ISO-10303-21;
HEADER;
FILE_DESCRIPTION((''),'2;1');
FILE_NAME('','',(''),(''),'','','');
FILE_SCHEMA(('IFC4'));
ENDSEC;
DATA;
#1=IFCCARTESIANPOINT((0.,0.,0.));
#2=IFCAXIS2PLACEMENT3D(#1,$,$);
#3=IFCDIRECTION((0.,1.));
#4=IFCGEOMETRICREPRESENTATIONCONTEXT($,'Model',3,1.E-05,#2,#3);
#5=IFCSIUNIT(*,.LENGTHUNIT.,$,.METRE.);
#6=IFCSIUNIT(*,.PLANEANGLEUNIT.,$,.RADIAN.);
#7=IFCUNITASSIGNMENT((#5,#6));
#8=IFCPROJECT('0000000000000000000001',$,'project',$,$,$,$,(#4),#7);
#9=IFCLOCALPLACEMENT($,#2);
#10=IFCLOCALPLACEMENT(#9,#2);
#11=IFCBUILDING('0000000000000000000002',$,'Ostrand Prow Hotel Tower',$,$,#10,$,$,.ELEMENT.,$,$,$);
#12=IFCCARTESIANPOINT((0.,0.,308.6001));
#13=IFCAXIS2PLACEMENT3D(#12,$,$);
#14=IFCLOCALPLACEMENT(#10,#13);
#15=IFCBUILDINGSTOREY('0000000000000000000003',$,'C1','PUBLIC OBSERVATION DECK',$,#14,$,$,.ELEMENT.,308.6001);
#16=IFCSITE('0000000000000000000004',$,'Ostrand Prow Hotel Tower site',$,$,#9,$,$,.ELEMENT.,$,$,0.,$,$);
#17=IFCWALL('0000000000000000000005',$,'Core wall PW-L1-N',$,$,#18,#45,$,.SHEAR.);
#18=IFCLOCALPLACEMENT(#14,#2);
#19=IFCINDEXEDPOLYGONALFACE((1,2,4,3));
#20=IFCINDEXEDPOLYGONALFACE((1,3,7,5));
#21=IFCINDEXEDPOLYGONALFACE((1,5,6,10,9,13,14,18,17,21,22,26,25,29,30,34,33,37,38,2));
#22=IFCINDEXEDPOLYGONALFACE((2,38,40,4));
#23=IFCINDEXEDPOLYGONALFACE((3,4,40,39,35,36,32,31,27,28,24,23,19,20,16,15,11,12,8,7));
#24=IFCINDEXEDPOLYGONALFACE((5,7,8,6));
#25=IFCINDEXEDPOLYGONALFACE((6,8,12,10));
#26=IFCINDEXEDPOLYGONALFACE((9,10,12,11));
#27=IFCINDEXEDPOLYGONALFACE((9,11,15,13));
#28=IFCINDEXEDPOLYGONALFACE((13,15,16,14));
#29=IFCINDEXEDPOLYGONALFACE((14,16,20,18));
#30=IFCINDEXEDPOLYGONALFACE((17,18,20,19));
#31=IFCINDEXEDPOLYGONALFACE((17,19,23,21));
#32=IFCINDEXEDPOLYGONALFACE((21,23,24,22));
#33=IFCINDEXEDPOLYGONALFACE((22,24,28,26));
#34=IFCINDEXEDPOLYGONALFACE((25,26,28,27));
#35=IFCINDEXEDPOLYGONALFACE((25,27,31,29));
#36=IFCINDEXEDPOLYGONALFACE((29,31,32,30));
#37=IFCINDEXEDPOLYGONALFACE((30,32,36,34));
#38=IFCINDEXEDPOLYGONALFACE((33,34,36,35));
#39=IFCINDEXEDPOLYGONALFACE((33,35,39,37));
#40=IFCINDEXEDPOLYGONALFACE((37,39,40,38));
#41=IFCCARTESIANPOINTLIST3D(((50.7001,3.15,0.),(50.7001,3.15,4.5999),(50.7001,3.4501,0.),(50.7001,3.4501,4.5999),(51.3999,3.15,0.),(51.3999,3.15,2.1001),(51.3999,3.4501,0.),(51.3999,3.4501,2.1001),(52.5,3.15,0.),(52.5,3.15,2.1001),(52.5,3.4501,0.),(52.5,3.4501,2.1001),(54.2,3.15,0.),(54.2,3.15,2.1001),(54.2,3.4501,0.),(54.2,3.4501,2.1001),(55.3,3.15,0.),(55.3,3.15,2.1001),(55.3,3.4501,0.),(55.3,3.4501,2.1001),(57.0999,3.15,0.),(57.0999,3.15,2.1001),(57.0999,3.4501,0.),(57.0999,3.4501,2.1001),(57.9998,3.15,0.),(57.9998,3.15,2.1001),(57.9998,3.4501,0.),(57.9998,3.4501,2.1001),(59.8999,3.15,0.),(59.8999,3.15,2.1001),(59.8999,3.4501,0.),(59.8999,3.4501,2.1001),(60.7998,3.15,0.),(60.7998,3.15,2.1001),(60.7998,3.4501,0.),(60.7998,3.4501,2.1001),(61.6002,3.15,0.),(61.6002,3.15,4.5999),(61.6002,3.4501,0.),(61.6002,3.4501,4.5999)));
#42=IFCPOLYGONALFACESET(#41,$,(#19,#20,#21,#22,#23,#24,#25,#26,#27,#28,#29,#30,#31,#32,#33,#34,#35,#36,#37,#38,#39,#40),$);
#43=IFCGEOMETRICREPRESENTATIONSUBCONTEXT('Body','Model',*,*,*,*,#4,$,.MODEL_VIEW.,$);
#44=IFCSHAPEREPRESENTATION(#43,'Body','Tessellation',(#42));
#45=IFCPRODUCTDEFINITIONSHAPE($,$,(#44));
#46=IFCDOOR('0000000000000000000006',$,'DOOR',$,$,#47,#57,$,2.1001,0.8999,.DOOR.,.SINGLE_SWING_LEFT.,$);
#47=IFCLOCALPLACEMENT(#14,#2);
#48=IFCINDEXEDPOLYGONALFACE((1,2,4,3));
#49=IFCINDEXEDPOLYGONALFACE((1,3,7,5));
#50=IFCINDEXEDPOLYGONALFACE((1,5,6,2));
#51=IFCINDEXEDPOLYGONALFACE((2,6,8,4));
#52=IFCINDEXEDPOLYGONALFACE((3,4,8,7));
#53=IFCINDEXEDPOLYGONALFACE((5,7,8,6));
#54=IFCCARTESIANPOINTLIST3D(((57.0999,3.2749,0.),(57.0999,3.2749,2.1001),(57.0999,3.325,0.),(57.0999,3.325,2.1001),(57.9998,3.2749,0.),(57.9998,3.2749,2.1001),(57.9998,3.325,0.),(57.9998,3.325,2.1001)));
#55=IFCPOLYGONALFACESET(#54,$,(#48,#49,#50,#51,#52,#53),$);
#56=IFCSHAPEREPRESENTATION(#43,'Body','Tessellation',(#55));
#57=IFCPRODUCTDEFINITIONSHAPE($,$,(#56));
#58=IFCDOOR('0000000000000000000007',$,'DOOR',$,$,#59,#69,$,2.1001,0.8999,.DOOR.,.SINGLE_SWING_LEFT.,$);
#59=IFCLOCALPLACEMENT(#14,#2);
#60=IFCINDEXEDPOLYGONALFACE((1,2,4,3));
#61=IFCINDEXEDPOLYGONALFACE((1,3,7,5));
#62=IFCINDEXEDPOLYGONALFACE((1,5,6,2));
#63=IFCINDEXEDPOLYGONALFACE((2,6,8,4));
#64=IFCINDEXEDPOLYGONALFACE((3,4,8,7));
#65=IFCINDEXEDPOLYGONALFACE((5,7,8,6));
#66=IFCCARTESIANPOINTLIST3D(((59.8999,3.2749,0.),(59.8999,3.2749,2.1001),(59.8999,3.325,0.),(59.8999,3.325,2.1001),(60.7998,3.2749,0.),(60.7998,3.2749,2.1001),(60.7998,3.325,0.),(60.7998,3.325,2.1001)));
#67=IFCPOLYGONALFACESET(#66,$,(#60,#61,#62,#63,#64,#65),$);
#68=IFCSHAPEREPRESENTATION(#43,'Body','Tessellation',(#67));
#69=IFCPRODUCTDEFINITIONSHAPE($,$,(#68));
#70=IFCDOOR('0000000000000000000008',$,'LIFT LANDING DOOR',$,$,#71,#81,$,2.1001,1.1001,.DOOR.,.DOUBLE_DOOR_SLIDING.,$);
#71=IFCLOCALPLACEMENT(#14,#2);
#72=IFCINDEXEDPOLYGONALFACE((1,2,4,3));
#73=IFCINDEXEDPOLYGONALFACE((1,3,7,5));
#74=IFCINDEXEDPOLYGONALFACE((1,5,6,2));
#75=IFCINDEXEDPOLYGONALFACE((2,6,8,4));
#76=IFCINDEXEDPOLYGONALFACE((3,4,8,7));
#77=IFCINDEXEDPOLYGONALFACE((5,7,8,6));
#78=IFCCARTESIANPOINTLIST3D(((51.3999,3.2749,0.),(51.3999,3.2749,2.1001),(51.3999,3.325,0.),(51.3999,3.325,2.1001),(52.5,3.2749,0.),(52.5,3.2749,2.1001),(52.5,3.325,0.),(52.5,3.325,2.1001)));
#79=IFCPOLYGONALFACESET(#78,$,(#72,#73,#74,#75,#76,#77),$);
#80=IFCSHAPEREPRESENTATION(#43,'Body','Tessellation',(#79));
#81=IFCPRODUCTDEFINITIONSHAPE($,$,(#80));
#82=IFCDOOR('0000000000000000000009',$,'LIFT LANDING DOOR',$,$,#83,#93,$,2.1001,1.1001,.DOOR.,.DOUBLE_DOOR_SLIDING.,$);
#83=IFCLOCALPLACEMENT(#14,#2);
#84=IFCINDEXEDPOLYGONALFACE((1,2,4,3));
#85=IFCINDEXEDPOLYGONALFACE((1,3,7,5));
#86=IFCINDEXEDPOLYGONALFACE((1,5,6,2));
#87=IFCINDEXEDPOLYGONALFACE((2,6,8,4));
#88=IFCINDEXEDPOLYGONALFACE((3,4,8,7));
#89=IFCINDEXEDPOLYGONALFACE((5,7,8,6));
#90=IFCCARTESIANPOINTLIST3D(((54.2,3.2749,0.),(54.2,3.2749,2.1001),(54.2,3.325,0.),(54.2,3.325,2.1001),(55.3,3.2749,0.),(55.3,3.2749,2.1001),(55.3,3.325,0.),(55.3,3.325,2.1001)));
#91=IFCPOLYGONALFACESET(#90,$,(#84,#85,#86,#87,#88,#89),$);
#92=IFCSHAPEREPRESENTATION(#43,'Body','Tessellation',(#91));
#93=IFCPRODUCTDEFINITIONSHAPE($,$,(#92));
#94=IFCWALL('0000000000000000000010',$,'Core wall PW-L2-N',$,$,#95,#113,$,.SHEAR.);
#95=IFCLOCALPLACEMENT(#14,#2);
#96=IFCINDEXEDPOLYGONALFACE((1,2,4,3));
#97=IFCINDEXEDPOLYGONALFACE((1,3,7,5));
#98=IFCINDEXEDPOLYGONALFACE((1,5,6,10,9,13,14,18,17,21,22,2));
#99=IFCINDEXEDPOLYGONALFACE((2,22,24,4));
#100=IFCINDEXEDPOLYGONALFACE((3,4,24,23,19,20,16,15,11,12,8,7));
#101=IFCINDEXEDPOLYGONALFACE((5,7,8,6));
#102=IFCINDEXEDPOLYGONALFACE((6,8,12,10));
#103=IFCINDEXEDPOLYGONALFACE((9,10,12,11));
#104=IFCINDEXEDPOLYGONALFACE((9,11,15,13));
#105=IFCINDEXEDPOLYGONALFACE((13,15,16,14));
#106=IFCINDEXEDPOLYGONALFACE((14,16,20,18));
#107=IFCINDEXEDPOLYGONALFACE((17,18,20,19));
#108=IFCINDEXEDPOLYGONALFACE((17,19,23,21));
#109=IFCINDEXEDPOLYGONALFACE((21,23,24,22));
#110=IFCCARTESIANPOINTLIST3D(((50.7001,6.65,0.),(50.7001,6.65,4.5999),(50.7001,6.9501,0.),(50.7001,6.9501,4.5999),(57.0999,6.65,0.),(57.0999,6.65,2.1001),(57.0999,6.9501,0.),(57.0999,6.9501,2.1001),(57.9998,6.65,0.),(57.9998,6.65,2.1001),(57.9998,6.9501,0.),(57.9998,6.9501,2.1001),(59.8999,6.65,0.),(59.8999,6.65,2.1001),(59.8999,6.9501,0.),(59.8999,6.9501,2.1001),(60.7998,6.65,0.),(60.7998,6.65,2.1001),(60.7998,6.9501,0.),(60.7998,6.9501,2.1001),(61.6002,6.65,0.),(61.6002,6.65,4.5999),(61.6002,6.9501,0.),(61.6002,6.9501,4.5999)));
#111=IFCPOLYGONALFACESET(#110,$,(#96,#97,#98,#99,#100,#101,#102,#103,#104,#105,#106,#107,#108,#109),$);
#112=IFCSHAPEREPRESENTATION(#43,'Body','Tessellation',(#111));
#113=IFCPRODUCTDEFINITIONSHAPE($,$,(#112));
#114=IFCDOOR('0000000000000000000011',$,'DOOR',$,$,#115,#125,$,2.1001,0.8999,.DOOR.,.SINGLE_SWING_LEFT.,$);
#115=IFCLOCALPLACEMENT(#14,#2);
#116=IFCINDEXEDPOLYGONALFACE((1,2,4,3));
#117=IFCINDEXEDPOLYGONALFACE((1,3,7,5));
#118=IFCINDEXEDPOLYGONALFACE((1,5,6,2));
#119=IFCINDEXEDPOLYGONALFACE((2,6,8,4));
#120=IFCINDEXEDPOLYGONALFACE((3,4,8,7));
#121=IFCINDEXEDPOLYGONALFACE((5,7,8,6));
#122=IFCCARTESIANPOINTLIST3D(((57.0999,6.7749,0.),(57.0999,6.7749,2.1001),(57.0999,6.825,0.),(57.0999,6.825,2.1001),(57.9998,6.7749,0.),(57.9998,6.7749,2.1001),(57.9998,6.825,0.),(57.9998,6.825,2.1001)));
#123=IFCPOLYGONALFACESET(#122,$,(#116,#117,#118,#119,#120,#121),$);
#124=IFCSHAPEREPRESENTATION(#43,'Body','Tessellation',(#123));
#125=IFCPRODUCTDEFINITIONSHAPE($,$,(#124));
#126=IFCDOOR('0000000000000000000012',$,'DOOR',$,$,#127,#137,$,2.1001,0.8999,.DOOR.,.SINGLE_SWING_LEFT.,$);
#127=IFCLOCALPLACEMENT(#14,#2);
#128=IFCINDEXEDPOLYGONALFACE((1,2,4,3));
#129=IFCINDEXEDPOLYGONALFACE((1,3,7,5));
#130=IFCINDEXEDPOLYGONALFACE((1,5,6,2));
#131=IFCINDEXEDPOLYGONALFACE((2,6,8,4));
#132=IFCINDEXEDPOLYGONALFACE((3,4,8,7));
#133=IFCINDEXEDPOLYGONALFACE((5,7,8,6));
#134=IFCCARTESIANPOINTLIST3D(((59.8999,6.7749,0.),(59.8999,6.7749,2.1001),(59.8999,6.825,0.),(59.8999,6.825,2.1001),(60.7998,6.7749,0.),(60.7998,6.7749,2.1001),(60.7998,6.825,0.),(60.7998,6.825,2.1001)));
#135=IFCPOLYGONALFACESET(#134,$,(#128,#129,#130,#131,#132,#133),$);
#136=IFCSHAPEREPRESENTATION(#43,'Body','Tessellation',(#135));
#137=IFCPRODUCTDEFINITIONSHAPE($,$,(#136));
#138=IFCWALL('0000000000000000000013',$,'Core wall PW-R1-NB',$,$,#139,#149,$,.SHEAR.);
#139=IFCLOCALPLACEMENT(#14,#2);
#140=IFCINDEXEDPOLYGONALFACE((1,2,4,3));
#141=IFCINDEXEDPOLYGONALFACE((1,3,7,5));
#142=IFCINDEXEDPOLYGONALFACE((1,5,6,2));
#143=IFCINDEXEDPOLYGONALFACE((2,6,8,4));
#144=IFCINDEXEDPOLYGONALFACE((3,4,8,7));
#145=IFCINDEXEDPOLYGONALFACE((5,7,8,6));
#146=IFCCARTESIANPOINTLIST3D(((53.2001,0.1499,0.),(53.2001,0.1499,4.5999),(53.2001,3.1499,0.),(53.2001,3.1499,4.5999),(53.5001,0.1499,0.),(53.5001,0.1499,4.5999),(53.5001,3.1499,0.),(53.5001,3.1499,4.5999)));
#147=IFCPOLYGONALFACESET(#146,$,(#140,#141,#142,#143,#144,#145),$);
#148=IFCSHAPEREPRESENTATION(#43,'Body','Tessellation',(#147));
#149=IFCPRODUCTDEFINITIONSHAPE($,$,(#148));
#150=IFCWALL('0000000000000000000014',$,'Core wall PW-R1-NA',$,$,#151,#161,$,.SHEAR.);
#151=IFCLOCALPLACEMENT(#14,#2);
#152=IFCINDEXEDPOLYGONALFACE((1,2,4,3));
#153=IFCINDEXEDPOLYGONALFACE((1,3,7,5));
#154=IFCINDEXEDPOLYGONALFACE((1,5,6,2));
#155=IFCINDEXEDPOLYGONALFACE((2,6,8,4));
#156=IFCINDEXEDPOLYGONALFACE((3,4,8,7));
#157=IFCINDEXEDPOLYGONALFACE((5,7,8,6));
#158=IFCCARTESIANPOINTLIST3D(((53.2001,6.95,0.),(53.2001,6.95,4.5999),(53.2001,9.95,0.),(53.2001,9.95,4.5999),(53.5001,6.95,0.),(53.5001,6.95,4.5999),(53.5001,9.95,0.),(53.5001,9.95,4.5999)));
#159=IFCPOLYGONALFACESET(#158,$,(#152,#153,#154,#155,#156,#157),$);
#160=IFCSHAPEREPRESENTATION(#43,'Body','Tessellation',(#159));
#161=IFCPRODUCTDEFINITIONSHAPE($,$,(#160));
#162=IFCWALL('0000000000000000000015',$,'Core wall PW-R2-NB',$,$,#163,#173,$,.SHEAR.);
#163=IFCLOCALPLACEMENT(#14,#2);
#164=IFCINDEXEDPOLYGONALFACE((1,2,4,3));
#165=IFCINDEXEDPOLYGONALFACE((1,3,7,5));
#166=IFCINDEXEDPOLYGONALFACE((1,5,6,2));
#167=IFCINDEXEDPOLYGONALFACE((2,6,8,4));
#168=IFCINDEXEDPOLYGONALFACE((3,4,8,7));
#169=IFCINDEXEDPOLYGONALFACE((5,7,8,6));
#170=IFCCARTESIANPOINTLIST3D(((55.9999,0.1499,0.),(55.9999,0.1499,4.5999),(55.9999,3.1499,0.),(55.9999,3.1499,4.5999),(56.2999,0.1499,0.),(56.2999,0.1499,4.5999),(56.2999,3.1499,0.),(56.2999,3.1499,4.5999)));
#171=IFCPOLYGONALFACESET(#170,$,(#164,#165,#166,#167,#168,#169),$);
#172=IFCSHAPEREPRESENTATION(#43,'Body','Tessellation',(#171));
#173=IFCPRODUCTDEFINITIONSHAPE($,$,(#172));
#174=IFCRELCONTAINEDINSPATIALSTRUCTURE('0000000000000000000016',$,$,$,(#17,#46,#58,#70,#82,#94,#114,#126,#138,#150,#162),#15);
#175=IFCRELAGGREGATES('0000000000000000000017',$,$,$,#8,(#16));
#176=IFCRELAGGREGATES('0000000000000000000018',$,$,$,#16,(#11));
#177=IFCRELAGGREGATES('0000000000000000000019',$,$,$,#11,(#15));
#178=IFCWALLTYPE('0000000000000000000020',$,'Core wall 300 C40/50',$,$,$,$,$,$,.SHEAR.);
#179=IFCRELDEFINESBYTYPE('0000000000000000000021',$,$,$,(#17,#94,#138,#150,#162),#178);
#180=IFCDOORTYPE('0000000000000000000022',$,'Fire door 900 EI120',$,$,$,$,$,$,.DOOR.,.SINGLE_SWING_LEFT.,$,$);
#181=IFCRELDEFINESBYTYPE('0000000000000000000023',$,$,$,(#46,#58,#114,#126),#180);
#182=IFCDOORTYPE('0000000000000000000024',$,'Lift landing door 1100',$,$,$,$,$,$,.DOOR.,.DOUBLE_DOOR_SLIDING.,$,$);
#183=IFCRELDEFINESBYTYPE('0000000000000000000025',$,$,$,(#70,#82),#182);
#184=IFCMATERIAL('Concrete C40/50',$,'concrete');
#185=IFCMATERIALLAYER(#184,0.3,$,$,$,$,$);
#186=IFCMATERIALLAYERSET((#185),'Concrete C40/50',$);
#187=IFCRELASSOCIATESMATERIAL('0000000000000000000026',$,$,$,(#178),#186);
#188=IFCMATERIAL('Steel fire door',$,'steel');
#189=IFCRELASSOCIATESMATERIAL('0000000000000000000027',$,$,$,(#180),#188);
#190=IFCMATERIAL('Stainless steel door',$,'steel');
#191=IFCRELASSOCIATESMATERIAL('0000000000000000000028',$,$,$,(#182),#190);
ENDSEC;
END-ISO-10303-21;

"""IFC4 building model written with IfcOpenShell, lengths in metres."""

from ifc_helpers import new_model, si_unit, direction, frame, frame_2d, origin, place, context, subcontext, project, spatial, rectangle, extrude, material, layer, layer_set, type_object, element, fill, save


model = new_model("IFC4")

# Units and contexts
model_context = context("Model", 3, precision=1e-05, world=origin(), true_north=direction((0.0, 1.0)))
body_context = subcontext(model_context, "Body", "Model", "MODEL_VIEW")
ifc_project = project(units=[si_unit("LENGTHUNIT", "METRE"), si_unit("PLANEANGLEUNIT", "RADIAN")], contexts=[model_context])

# Site, building, storey
site_placement = place(None, origin())
site = spatial("IfcSite", under=ifc_project, at=site_placement, Name="Ostrand Prow Hotel Tower site", CompositionType="ELEMENT", RefElevation=0.0)
building_placement = place(site_placement, origin())
building = spatial("IfcBuilding", under=site, at=building_placement, Name="Ostrand Prow Hotel Tower", CompositionType="ELEMENT")
storey_placement = place(building_placement, frame((0.0, 0.0, 308.6001)))
storey = spatial("IfcBuildingStorey", under=building, at=storey_placement, Name="C1", Description="PUBLIC OBSERVATION DECK", CompositionType="ELEMENT", Elevation=308.6001)

# Walls, openings, doors
ifc_material_1 = material(Name="Concrete C40/50", Category="concrete")
ifc_layer_1 = layer(ifc_material_1, 0.3)
ifc_layer_set_1 = layer_set([ifc_layer_1], Name="Concrete C40/50")
wall_type_1 = type_object("IfcWallType", Name="Core wall 300 C40/50", PredefinedType="SHEAR", material=ifc_layer_set_1)
wall_1_placement = place(storey_placement, frame((50.7, 3.3, 0.0), z_axis=(0.0, 0.0, 1.0), x_axis=(1.0, 0.0, 0.0)))
wall_1 = element("IfcWall", 1, at=wall_1_placement, inside=storey, type_object=wall_type_1, Name="Core wall PW-L1-N", PredefinedType="SHEAR", context=body_context, shape_type="SweptSolid", body=[
    extrude(rectangle(XDim=10.9001, YDim=0.3, at=frame_2d((5.4502, 0.0))), origin(), (0.0, 0.0, 1.0), 4.5999),
])
opening_1_placement = place(wall_1_placement, frame((0.7, 0.0, 0.0)))
opening_1 = element("IfcOpeningElement", 2, at=opening_1_placement, cuts=wall_1, PredefinedType="OPENING", context=body_context, shape_type="SweptSolid", body=[
    extrude(rectangle(XDim=1.1001, YDim=2.1001, at=frame_2d((0.55, 1.05))), frame((0.0, 0.1599, 0.0), z_axis=(0.0, -1.0, 0.0), x_axis=(1.0, 0.0, 0.0)), (0.0, 0.0, 1.0), 0.3201),
])
opening_2_placement = place(wall_1_placement, frame((3.5, 0.0, 0.0)))
opening_2 = element("IfcOpeningElement", 3, at=opening_2_placement, cuts=wall_1, PredefinedType="OPENING", context=body_context, shape_type="SweptSolid", body=[
    extrude(rectangle(XDim=1.1001, YDim=2.1001, at=frame_2d((0.55, 1.05))), frame((0.0, 0.1599, 0.0), z_axis=(0.0, -1.0, 0.0), x_axis=(1.0, 0.0, 0.0)), (0.0, 0.0, 1.0), 0.3201),
])
opening_3_placement = place(wall_1_placement, frame((6.3999, 0.0, 0.0)))
opening_3 = element("IfcOpeningElement", 4, at=opening_3_placement, cuts=wall_1, PredefinedType="OPENING", context=body_context, shape_type="SweptSolid", body=[
    extrude(rectangle(XDim=0.8999, YDim=2.1001, at=frame_2d((0.45, 1.05))), frame((0.0, 0.1599, 0.0), z_axis=(0.0, -1.0, 0.0), x_axis=(1.0, 0.0, 0.0)), (0.0, 0.0, 1.0), 0.3201),
])
opening_4_placement = place(wall_1_placement, frame((9.2, 0.0, 0.0)))
opening_4 = element("IfcOpeningElement", 5, at=opening_4_placement, cuts=wall_1, PredefinedType="OPENING", context=body_context, shape_type="SweptSolid", body=[
    extrude(rectangle(XDim=0.8999, YDim=2.1001, at=frame_2d((0.45, 1.05))), frame((0.0, 0.1599, 0.0), z_axis=(0.0, -1.0, 0.0), x_axis=(1.0, 0.0, 0.0)), (0.0, 0.0, 1.0), 0.3201),
])
ifc_material_2 = material(Name="Steel fire door", Category="steel")
door_type_1 = type_object("IfcDoorType", Name="Fire door 900 EI120", OperationType="SINGLE_SWING_LEFT", PredefinedType="DOOR", material=ifc_material_2)
door_1_placement = place(opening_3_placement, origin())
door_1 = element("IfcDoor", 6, at=door_1_placement, inside=storey, type_object=door_type_1, Name="DOOR", OperationType="SINGLE_SWING_LEFT", OverallHeight=2.1001, OverallWidth=0.8999, PredefinedType="DOOR", context=body_context, shape_type="SweptSolid", body=[
    extrude(rectangle(XDim=0.8999, YDim=2.1001, at=frame_2d((0.45, 1.05))), frame((0.0, 0.0249, 0.0), z_axis=(0.0, -1.0, 0.0), x_axis=(1.0, 0.0, 0.0)), (0.0, 0.0, 1.0), 0.05),
])
fill(opening_3, door_1)
door_2_placement = place(opening_4_placement, origin())
door_2 = element("IfcDoor", 7, at=door_2_placement, inside=storey, type_object=door_type_1, Name="DOOR", OperationType="SINGLE_SWING_LEFT", OverallHeight=2.1001, OverallWidth=0.8999, PredefinedType="DOOR", context=body_context, shape_type="SweptSolid", body=[
    extrude(rectangle(XDim=0.8999, YDim=2.1001, at=frame_2d((0.45, 1.05))), frame((0.0, 0.0249, 0.0), z_axis=(0.0, -1.0, 0.0), x_axis=(1.0, 0.0, 0.0)), (0.0, 0.0, 1.0), 0.05),
])
fill(opening_4, door_2)
ifc_material_3 = material(Name="Stainless steel door", Category="steel")
door_type_2 = type_object("IfcDoorType", Name="Lift landing door 1100", OperationType="DOUBLE_DOOR_SLIDING", PredefinedType="DOOR", material=ifc_material_3)
door_3_placement = place(opening_1_placement, origin())
door_3 = element("IfcDoor", 8, at=door_3_placement, inside=storey, type_object=door_type_2, Name="LIFT LANDING DOOR", OperationType="DOUBLE_DOOR_SLIDING", OverallHeight=2.1001, OverallWidth=1.1001, PredefinedType="DOOR", context=body_context, shape_type="SweptSolid", body=[
    extrude(rectangle(XDim=1.1001, YDim=2.1001, at=frame_2d((0.55, 1.05))), frame((0.0, 0.0249, 0.0), z_axis=(0.0, -1.0, 0.0), x_axis=(1.0, 0.0, 0.0)), (0.0, 0.0, 1.0), 0.05),
])
fill(opening_1, door_3)
door_4_placement = place(opening_2_placement, origin())
door_4 = element("IfcDoor", 9, at=door_4_placement, inside=storey, type_object=door_type_2, Name="LIFT LANDING DOOR", OperationType="DOUBLE_DOOR_SLIDING", OverallHeight=2.1001, OverallWidth=1.1001, PredefinedType="DOOR", context=body_context, shape_type="SweptSolid", body=[
    extrude(rectangle(XDim=1.1001, YDim=2.1001, at=frame_2d((0.55, 1.05))), frame((0.0, 0.0249, 0.0), z_axis=(0.0, -1.0, 0.0), x_axis=(1.0, 0.0, 0.0)), (0.0, 0.0, 1.0), 0.05),
])
fill(opening_2, door_4)
wall_2_placement = place(storey_placement, frame((50.7, 6.8, 0.0), z_axis=(0.0, 0.0, 1.0), x_axis=(1.0, 0.0, 0.0)))
wall_2 = element("IfcWall", 10, at=wall_2_placement, inside=storey, type_object=wall_type_1, Name="Core wall PW-L2-N", PredefinedType="SHEAR", context=body_context, shape_type="SweptSolid", body=[
    extrude(rectangle(XDim=10.9001, YDim=0.3, at=frame_2d((5.4502, 0.0))), origin(), (0.0, 0.0, 1.0), 4.5999),
])
opening_5_placement = place(wall_2_placement, frame((6.3999, 0.0, 0.0)))
opening_5 = element("IfcOpeningElement", 11, at=opening_5_placement, cuts=wall_2, PredefinedType="OPENING", context=body_context, shape_type="SweptSolid", body=[
    extrude(rectangle(XDim=0.8999, YDim=2.1001, at=frame_2d((0.45, 1.05))), frame((0.0, 0.1599, 0.0), z_axis=(0.0, -1.0, 0.0), x_axis=(1.0, 0.0, 0.0)), (0.0, 0.0, 1.0), 0.3201),
])
opening_6_placement = place(wall_2_placement, frame((9.2, 0.0, 0.0)))
opening_6 = element("IfcOpeningElement", 12, at=opening_6_placement, cuts=wall_2, PredefinedType="OPENING", context=body_context, shape_type="SweptSolid", body=[
    extrude(rectangle(XDim=0.8999, YDim=2.1001, at=frame_2d((0.45, 1.05))), frame((0.0, 0.1599, 0.0), z_axis=(0.0, -1.0, 0.0), x_axis=(1.0, 0.0, 0.0)), (0.0, 0.0, 1.0), 0.3201),
])
door_5_placement = place(opening_5_placement, origin())
door_5 = element("IfcDoor", 13, at=door_5_placement, inside=storey, type_object=door_type_1, Name="DOOR", OperationType="SINGLE_SWING_LEFT", OverallHeight=2.1001, OverallWidth=0.8999, PredefinedType="DOOR", context=body_context, shape_type="SweptSolid", body=[
    extrude(rectangle(XDim=0.8999, YDim=2.1001, at=frame_2d((0.45, 1.05))), frame((0.0, 0.0249, 0.0), z_axis=(0.0, -1.0, 0.0), x_axis=(1.0, 0.0, 0.0)), (0.0, 0.0, 1.0), 0.05),
])
fill(opening_5, door_5)
door_6_placement = place(opening_6_placement, origin())
door_6 = element("IfcDoor", 14, at=door_6_placement, inside=storey, type_object=door_type_1, Name="DOOR", OperationType="SINGLE_SWING_LEFT", OverallHeight=2.1001, OverallWidth=0.8999, PredefinedType="DOOR", context=body_context, shape_type="SweptSolid", body=[
    extrude(rectangle(XDim=0.8999, YDim=2.1001, at=frame_2d((0.45, 1.05))), frame((0.0, 0.0249, 0.0), z_axis=(0.0, -1.0, 0.0), x_axis=(1.0, 0.0, 0.0)), (0.0, 0.0, 1.0), 0.05),
])
fill(opening_6, door_6)

# Walls
for number, where, z_axis, x_axis, name in (
    (15, (53.3501, 0.1499, 0.0), (0.0, 0.0, 1.0), (0.0, 1.0, 0.0), "Core wall PW-R1-NB"),
    (16, (53.3501, 6.95, 0.0), (0.0, 0.0, 1.0), (0.0, 1.0, 0.0), "Core wall PW-R1-NA"),
    (17, (56.1499, 0.1499, 0.0), (0.0, 0.0, 1.0), (0.0, 1.0, 0.0), "Core wall PW-R2-NB"),
):
    element("IfcWall", number, at=place(storey_placement, frame(where, z_axis=z_axis, x_axis=x_axis)), inside=storey, type_object=wall_type_1, Name=name, PredefinedType="SHEAR", context=body_context, shape_type="SweptSolid", body=[
        extrude(rectangle(XDim=3.0, YDim=0.3, at=frame_2d((1.5, 0.0))), origin(), (0.0, 0.0, 1.0), 4.5999),
    ])

save(model, "model.ifc")
